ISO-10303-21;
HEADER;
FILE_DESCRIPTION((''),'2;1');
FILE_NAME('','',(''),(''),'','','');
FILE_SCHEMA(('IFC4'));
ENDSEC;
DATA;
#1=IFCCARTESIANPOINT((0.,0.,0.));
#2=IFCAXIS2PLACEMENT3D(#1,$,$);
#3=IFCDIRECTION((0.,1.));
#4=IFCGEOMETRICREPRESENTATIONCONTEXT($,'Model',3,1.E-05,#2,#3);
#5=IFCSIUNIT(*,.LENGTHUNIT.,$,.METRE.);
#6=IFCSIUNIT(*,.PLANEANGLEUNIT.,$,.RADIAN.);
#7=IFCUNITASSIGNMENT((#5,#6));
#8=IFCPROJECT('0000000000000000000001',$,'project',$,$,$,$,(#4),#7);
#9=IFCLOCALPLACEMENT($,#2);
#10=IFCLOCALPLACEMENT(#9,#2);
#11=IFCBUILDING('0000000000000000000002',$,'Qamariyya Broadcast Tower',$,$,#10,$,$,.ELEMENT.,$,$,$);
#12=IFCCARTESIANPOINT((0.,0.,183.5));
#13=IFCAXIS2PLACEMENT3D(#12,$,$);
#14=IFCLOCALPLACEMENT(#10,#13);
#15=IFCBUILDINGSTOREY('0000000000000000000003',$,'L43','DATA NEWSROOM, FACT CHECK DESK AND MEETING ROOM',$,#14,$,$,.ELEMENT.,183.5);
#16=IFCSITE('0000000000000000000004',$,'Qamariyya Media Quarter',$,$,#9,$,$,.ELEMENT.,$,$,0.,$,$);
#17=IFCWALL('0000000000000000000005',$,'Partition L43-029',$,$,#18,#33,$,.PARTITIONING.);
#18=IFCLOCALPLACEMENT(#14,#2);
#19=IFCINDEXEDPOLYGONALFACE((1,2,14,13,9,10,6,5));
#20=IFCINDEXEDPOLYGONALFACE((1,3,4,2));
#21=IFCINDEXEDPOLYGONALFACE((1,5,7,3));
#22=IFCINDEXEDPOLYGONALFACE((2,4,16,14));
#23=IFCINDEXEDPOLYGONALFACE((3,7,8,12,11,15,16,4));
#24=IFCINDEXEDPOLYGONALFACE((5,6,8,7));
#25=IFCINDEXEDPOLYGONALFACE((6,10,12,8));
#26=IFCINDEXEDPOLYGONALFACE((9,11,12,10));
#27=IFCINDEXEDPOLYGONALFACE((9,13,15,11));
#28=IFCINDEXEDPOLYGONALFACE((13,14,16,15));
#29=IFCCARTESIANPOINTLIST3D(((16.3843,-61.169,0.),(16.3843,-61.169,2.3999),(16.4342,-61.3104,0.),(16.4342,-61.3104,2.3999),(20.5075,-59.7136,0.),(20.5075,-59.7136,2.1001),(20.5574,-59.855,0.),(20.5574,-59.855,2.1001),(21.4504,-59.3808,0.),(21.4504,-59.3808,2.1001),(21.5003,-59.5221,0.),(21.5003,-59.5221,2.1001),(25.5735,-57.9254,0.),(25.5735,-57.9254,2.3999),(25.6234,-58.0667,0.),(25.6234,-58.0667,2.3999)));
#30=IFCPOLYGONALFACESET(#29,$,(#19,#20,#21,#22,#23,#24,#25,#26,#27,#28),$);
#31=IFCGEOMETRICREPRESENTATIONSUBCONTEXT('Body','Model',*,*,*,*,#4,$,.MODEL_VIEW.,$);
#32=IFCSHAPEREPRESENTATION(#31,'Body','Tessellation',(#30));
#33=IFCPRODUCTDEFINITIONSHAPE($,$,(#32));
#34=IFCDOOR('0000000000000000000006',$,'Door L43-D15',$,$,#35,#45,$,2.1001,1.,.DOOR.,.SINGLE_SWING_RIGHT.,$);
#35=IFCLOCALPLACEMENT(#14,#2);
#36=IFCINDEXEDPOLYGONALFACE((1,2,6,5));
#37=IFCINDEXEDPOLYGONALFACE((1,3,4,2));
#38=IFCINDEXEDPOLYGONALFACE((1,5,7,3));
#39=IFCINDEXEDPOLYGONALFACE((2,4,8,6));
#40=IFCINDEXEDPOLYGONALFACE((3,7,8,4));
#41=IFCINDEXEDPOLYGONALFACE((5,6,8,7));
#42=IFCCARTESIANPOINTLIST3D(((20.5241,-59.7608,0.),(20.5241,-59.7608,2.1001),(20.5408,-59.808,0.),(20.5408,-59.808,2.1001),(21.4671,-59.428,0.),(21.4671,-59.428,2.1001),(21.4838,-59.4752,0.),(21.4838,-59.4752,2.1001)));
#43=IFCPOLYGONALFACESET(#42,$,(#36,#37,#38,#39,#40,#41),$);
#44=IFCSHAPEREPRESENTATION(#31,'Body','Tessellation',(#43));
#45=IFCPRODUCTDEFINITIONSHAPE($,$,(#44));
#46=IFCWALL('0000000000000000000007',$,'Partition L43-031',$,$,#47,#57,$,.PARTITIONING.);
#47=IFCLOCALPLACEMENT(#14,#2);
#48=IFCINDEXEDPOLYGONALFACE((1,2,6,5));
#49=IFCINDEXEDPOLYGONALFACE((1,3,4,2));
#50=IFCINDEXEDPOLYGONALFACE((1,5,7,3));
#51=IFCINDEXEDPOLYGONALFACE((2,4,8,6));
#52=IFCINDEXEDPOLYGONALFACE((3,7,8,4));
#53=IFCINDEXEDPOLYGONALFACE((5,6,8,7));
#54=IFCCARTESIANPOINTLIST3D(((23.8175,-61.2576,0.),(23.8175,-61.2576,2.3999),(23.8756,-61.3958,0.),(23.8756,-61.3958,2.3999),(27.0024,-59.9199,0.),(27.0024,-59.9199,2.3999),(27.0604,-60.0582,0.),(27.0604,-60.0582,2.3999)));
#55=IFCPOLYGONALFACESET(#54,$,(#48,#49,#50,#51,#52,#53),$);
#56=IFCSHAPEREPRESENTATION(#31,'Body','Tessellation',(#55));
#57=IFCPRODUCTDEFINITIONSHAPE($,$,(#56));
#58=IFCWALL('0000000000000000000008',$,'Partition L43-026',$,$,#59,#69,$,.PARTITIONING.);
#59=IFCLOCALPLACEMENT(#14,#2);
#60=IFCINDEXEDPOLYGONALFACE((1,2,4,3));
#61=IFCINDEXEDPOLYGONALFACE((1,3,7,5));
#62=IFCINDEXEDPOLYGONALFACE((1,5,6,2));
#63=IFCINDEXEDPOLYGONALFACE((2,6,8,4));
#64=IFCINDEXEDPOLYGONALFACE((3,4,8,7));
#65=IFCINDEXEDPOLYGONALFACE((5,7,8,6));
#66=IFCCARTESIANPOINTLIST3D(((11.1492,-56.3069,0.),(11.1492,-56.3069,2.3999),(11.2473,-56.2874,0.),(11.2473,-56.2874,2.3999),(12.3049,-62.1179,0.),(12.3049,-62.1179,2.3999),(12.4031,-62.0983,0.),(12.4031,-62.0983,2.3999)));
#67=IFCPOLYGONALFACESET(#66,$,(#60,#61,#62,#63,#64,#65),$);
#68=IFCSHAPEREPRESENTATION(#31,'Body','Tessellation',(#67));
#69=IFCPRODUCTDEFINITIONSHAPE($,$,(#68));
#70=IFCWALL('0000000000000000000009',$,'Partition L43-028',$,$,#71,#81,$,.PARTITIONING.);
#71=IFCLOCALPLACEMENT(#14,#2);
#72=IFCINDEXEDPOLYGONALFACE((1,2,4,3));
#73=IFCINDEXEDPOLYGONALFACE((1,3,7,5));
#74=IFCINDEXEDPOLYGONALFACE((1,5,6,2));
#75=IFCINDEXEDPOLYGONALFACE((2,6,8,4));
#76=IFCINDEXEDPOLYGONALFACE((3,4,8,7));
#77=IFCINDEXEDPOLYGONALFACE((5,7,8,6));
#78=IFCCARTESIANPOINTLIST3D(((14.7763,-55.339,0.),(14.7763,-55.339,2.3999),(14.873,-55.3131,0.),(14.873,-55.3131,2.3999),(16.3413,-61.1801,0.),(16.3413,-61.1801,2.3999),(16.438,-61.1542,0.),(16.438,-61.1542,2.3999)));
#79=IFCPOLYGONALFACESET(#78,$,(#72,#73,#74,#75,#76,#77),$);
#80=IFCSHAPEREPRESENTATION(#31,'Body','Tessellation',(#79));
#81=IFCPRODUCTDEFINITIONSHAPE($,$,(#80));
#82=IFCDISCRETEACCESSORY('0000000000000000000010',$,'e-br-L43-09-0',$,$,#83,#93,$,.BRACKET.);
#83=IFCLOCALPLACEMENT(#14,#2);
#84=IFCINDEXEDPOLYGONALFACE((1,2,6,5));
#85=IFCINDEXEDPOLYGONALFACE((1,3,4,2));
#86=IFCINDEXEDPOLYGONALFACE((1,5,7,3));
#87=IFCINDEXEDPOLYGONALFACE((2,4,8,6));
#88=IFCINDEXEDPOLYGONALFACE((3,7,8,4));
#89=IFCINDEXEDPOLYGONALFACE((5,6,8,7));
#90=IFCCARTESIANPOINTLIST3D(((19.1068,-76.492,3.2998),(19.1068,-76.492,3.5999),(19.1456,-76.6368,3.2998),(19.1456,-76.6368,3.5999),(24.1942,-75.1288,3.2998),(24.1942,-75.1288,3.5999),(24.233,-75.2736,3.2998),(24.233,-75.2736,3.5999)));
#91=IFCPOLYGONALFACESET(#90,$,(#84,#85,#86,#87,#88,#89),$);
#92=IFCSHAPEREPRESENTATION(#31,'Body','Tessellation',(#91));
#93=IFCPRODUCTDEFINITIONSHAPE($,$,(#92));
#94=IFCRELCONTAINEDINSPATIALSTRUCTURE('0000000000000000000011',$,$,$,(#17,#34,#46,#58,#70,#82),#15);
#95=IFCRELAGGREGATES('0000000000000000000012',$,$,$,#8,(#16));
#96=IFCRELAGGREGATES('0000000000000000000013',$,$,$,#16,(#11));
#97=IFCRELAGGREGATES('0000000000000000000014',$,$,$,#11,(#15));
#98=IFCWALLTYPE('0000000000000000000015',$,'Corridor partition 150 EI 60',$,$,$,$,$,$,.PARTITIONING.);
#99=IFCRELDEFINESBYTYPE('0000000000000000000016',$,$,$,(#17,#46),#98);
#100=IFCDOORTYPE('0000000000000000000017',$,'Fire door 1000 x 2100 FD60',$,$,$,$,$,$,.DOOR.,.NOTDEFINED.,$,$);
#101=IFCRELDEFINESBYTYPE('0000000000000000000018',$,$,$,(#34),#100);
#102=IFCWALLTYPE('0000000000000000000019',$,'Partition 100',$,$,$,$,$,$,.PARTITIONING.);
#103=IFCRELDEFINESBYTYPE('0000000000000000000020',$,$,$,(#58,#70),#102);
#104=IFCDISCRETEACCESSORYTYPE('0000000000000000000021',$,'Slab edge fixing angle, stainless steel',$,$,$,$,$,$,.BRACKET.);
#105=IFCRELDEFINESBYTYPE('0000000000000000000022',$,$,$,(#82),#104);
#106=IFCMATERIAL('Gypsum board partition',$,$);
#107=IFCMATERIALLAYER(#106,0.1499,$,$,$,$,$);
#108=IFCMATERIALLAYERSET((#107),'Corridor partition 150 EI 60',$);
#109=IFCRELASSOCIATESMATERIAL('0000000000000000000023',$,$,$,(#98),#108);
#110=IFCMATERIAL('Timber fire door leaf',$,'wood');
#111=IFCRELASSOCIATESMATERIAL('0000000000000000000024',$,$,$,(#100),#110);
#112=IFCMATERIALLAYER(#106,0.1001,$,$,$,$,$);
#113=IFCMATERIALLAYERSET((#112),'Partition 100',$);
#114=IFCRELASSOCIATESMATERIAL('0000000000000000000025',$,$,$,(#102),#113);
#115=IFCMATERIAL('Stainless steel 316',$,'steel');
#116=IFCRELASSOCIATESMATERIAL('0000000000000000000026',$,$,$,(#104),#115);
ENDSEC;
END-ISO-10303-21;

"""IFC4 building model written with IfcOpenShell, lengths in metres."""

from ifc_helpers import new_model, si_unit, direction, frame, frame_2d, origin, origin_2d, place, context, subcontext, project, spatial, rectangle, extrude, material, layer, layer_set, type_object, element, fill, save


model = new_model("IFC4")

# Units and contexts
model_context = context("Model", 3, precision=1e-05, world=origin(), true_north=direction((0.0, 1.0)))
body_context = subcontext(model_context, "Body", "Model", "MODEL_VIEW")
ifc_project = project(units=[si_unit("LENGTHUNIT", "METRE"), si_unit("PLANEANGLEUNIT", "RADIAN")], contexts=[model_context])

# Site, building, storey
site_placement = place(None, origin())
site = spatial("IfcSite", under=ifc_project, at=site_placement, Name="Qamariyya Media Quarter", CompositionType="ELEMENT", RefElevation=0.0)
building_placement = place(site_placement, origin())
building = spatial("IfcBuilding", under=site, at=building_placement, Name="Qamariyya Broadcast Tower", CompositionType="ELEMENT")
storey_placement = place(building_placement, frame((0.0, 0.0, 183.5)))
storey = spatial("IfcBuildingStorey", under=building, at=storey_placement, Name="L43", Description="DATA NEWSROOM, FACT CHECK DESK AND MEETING ROOM", CompositionType="ELEMENT", Elevation=183.5)

# Wall, opening, door
ifc_material_1 = material(Name="Gypsum board partition")
ifc_layer_1 = layer(ifc_material_1, 0.1499)
ifc_layer_set_1 = layer_set([ifc_layer_1], Name="Corridor partition 150 EI 60")
wall_type_1 = type_object("IfcWallType", Name="Corridor partition 150 EI 60", PredefinedType="PARTITIONING", material=ifc_layer_set_1)
ifc_material_2 = material(Name="Timber fire door leaf", Category="wood")
wall_1_placement = place(storey_placement, frame((16.4092, -61.2397, 0.0), z_axis=(0.0, 0.0, 1.0), x_axis=(0.942977, 0.332857, 0.0)))
wall_1 = element("IfcWall", 1, at=wall_1_placement, inside=storey, type_object=wall_type_1, Name="Partition L43-029", PredefinedType="PARTITIONING", context=body_context, shape_type="SweptSolid", body=[
    extrude(rectangle(XDim=9.7449, YDim=0.1499, at=frame_2d((4.8726, 0.0))), origin(), (0.0, 0.0, 1.0), 2.3999),
])
opening_1_placement = place(wall_1_placement, frame((4.3726, 0.0, 0.0)))
opening_1 = element("IfcOpeningElement", 2, at=opening_1_placement, cuts=wall_1, PredefinedType="OPENING", context=body_context, shape_type="SweptSolid", body=[
    extrude(rectangle(XDim=1.0, YDim=2.1001, at=frame_2d((0.5, 1.05))), frame((0.0, 0.085, 0.0), z_axis=(0.0, -1.0, 0.0), x_axis=(1.0, 0.0, 0.0)), (0.0, 0.0, 1.0), 0.1699),
])
door_type_1 = type_object("IfcDoorType", Name="Fire door 1000 x 2100 FD60", OperationType="NOTDEFINED", PredefinedType="DOOR", material=ifc_material_2)
door_1_placement = place(opening_1_placement, origin())
door_1 = element("IfcDoor", 3, at=door_1_placement, inside=storey, type_object=door_type_1, Name="Door L43-D15", OperationType="SINGLE_SWING_RIGHT", OverallHeight=2.1001, OverallWidth=1.0, PredefinedType="DOOR", context=body_context, shape_type="SweptSolid", body=[
    extrude(rectangle(XDim=1.0, YDim=2.1001, at=frame_2d((0.5, 1.05))), frame((0.0, 0.0249, 0.0), z_axis=(0.0, -1.0, 0.0), x_axis=(1.0, 0.0, 0.0)), (0.0, 0.0, 1.0), 0.05),
])
fill(opening_1, door_1)

# Walls
wall_2_placement = place(storey_placement, frame((23.8467, -61.3267, 0.0), z_axis=(0.0, 0.0, 1.0), x_axis=(0.92198, 0.387238, 0.0)))
element("IfcWall", 4, at=wall_2_placement, inside=storey, type_object=wall_type_1, Name="Partition L43-031", PredefinedType="PARTITIONING", context=body_context, shape_type="SweptSolid", body=[
    extrude(rectangle(XDim=3.4543, YDim=0.1499, at=frame_2d((1.7271, 0.0))), origin(), (0.0, 0.0, 1.0), 2.3999),
])
ifc_layer_2 = layer(ifc_material_1, 0.1001)
ifc_layer_set_2 = layer_set([ifc_layer_2], Name="Partition 100")
wall_type_2 = type_object("IfcWallType", Name="Partition 100", PredefinedType="PARTITIONING", material=ifc_layer_set_2)
wall_3_placement = place(storey_placement, frame((11.1982, -56.2971, 0.0), z_axis=(0.0, 0.0, 1.0), x_axis=(0.19507, -0.980789, 0.0)))
element("IfcWall", 5, at=wall_3_placement, inside=storey, type_object=wall_type_2, Name="Partition L43-026", PredefinedType="PARTITIONING", context=body_context, shape_type="SweptSolid", body=[
    extrude(rectangle(XDim=5.9248, YDim=0.1001, at=frame_2d((2.9624, 0.0))), origin(), (0.0, 0.0, 1.0), 2.3999),
])
wall_4_placement = place(storey_placement, frame((14.8247, -55.3262, 0.0), z_axis=(0.0, 0.0, 1.0), x_axis=(0.258793, -0.965933, 0.0)))
element("IfcWall", 6, at=wall_4_placement, inside=storey, type_object=wall_type_2, Name="Partition L43-028", PredefinedType="PARTITIONING", context=body_context, shape_type="SweptSolid", body=[
    extrude(rectangle(XDim=6.0471, YDim=0.1001, at=frame_2d((3.0234, 0.0))), origin(), (0.0, 0.0, 1.0), 2.3999),
])

# Discrete accessory
ifc_material_3 = material(Name="Stainless steel 316", Category="steel")
discrete_accessory_type = type_object("IfcDiscreteAccessoryType", Name="Slab edge fixing angle, stainless steel", PredefinedType="BRACKET", material=ifc_material_3)
discrete_accessory_placement = place(storey_placement, frame((21.6699, -75.8828, 3.2998), z_axis=(0.0, 0.0, 1.0), x_axis=(0.965926, 0.258819, 0.0)))
element("IfcDiscreteAccessory", 7, at=discrete_accessory_placement, inside=storey, type_object=discrete_accessory_type, Name="e-br-L43-09-0", PredefinedType="BRACKET", context=body_context, shape_type="SweptSolid", body=[
    extrude(rectangle(XDim=5.2668, YDim=0.1499, at=origin_2d()), origin(), (0.0, 0.0, 1.0), 0.3),
])

save(model, "model.ifc")
